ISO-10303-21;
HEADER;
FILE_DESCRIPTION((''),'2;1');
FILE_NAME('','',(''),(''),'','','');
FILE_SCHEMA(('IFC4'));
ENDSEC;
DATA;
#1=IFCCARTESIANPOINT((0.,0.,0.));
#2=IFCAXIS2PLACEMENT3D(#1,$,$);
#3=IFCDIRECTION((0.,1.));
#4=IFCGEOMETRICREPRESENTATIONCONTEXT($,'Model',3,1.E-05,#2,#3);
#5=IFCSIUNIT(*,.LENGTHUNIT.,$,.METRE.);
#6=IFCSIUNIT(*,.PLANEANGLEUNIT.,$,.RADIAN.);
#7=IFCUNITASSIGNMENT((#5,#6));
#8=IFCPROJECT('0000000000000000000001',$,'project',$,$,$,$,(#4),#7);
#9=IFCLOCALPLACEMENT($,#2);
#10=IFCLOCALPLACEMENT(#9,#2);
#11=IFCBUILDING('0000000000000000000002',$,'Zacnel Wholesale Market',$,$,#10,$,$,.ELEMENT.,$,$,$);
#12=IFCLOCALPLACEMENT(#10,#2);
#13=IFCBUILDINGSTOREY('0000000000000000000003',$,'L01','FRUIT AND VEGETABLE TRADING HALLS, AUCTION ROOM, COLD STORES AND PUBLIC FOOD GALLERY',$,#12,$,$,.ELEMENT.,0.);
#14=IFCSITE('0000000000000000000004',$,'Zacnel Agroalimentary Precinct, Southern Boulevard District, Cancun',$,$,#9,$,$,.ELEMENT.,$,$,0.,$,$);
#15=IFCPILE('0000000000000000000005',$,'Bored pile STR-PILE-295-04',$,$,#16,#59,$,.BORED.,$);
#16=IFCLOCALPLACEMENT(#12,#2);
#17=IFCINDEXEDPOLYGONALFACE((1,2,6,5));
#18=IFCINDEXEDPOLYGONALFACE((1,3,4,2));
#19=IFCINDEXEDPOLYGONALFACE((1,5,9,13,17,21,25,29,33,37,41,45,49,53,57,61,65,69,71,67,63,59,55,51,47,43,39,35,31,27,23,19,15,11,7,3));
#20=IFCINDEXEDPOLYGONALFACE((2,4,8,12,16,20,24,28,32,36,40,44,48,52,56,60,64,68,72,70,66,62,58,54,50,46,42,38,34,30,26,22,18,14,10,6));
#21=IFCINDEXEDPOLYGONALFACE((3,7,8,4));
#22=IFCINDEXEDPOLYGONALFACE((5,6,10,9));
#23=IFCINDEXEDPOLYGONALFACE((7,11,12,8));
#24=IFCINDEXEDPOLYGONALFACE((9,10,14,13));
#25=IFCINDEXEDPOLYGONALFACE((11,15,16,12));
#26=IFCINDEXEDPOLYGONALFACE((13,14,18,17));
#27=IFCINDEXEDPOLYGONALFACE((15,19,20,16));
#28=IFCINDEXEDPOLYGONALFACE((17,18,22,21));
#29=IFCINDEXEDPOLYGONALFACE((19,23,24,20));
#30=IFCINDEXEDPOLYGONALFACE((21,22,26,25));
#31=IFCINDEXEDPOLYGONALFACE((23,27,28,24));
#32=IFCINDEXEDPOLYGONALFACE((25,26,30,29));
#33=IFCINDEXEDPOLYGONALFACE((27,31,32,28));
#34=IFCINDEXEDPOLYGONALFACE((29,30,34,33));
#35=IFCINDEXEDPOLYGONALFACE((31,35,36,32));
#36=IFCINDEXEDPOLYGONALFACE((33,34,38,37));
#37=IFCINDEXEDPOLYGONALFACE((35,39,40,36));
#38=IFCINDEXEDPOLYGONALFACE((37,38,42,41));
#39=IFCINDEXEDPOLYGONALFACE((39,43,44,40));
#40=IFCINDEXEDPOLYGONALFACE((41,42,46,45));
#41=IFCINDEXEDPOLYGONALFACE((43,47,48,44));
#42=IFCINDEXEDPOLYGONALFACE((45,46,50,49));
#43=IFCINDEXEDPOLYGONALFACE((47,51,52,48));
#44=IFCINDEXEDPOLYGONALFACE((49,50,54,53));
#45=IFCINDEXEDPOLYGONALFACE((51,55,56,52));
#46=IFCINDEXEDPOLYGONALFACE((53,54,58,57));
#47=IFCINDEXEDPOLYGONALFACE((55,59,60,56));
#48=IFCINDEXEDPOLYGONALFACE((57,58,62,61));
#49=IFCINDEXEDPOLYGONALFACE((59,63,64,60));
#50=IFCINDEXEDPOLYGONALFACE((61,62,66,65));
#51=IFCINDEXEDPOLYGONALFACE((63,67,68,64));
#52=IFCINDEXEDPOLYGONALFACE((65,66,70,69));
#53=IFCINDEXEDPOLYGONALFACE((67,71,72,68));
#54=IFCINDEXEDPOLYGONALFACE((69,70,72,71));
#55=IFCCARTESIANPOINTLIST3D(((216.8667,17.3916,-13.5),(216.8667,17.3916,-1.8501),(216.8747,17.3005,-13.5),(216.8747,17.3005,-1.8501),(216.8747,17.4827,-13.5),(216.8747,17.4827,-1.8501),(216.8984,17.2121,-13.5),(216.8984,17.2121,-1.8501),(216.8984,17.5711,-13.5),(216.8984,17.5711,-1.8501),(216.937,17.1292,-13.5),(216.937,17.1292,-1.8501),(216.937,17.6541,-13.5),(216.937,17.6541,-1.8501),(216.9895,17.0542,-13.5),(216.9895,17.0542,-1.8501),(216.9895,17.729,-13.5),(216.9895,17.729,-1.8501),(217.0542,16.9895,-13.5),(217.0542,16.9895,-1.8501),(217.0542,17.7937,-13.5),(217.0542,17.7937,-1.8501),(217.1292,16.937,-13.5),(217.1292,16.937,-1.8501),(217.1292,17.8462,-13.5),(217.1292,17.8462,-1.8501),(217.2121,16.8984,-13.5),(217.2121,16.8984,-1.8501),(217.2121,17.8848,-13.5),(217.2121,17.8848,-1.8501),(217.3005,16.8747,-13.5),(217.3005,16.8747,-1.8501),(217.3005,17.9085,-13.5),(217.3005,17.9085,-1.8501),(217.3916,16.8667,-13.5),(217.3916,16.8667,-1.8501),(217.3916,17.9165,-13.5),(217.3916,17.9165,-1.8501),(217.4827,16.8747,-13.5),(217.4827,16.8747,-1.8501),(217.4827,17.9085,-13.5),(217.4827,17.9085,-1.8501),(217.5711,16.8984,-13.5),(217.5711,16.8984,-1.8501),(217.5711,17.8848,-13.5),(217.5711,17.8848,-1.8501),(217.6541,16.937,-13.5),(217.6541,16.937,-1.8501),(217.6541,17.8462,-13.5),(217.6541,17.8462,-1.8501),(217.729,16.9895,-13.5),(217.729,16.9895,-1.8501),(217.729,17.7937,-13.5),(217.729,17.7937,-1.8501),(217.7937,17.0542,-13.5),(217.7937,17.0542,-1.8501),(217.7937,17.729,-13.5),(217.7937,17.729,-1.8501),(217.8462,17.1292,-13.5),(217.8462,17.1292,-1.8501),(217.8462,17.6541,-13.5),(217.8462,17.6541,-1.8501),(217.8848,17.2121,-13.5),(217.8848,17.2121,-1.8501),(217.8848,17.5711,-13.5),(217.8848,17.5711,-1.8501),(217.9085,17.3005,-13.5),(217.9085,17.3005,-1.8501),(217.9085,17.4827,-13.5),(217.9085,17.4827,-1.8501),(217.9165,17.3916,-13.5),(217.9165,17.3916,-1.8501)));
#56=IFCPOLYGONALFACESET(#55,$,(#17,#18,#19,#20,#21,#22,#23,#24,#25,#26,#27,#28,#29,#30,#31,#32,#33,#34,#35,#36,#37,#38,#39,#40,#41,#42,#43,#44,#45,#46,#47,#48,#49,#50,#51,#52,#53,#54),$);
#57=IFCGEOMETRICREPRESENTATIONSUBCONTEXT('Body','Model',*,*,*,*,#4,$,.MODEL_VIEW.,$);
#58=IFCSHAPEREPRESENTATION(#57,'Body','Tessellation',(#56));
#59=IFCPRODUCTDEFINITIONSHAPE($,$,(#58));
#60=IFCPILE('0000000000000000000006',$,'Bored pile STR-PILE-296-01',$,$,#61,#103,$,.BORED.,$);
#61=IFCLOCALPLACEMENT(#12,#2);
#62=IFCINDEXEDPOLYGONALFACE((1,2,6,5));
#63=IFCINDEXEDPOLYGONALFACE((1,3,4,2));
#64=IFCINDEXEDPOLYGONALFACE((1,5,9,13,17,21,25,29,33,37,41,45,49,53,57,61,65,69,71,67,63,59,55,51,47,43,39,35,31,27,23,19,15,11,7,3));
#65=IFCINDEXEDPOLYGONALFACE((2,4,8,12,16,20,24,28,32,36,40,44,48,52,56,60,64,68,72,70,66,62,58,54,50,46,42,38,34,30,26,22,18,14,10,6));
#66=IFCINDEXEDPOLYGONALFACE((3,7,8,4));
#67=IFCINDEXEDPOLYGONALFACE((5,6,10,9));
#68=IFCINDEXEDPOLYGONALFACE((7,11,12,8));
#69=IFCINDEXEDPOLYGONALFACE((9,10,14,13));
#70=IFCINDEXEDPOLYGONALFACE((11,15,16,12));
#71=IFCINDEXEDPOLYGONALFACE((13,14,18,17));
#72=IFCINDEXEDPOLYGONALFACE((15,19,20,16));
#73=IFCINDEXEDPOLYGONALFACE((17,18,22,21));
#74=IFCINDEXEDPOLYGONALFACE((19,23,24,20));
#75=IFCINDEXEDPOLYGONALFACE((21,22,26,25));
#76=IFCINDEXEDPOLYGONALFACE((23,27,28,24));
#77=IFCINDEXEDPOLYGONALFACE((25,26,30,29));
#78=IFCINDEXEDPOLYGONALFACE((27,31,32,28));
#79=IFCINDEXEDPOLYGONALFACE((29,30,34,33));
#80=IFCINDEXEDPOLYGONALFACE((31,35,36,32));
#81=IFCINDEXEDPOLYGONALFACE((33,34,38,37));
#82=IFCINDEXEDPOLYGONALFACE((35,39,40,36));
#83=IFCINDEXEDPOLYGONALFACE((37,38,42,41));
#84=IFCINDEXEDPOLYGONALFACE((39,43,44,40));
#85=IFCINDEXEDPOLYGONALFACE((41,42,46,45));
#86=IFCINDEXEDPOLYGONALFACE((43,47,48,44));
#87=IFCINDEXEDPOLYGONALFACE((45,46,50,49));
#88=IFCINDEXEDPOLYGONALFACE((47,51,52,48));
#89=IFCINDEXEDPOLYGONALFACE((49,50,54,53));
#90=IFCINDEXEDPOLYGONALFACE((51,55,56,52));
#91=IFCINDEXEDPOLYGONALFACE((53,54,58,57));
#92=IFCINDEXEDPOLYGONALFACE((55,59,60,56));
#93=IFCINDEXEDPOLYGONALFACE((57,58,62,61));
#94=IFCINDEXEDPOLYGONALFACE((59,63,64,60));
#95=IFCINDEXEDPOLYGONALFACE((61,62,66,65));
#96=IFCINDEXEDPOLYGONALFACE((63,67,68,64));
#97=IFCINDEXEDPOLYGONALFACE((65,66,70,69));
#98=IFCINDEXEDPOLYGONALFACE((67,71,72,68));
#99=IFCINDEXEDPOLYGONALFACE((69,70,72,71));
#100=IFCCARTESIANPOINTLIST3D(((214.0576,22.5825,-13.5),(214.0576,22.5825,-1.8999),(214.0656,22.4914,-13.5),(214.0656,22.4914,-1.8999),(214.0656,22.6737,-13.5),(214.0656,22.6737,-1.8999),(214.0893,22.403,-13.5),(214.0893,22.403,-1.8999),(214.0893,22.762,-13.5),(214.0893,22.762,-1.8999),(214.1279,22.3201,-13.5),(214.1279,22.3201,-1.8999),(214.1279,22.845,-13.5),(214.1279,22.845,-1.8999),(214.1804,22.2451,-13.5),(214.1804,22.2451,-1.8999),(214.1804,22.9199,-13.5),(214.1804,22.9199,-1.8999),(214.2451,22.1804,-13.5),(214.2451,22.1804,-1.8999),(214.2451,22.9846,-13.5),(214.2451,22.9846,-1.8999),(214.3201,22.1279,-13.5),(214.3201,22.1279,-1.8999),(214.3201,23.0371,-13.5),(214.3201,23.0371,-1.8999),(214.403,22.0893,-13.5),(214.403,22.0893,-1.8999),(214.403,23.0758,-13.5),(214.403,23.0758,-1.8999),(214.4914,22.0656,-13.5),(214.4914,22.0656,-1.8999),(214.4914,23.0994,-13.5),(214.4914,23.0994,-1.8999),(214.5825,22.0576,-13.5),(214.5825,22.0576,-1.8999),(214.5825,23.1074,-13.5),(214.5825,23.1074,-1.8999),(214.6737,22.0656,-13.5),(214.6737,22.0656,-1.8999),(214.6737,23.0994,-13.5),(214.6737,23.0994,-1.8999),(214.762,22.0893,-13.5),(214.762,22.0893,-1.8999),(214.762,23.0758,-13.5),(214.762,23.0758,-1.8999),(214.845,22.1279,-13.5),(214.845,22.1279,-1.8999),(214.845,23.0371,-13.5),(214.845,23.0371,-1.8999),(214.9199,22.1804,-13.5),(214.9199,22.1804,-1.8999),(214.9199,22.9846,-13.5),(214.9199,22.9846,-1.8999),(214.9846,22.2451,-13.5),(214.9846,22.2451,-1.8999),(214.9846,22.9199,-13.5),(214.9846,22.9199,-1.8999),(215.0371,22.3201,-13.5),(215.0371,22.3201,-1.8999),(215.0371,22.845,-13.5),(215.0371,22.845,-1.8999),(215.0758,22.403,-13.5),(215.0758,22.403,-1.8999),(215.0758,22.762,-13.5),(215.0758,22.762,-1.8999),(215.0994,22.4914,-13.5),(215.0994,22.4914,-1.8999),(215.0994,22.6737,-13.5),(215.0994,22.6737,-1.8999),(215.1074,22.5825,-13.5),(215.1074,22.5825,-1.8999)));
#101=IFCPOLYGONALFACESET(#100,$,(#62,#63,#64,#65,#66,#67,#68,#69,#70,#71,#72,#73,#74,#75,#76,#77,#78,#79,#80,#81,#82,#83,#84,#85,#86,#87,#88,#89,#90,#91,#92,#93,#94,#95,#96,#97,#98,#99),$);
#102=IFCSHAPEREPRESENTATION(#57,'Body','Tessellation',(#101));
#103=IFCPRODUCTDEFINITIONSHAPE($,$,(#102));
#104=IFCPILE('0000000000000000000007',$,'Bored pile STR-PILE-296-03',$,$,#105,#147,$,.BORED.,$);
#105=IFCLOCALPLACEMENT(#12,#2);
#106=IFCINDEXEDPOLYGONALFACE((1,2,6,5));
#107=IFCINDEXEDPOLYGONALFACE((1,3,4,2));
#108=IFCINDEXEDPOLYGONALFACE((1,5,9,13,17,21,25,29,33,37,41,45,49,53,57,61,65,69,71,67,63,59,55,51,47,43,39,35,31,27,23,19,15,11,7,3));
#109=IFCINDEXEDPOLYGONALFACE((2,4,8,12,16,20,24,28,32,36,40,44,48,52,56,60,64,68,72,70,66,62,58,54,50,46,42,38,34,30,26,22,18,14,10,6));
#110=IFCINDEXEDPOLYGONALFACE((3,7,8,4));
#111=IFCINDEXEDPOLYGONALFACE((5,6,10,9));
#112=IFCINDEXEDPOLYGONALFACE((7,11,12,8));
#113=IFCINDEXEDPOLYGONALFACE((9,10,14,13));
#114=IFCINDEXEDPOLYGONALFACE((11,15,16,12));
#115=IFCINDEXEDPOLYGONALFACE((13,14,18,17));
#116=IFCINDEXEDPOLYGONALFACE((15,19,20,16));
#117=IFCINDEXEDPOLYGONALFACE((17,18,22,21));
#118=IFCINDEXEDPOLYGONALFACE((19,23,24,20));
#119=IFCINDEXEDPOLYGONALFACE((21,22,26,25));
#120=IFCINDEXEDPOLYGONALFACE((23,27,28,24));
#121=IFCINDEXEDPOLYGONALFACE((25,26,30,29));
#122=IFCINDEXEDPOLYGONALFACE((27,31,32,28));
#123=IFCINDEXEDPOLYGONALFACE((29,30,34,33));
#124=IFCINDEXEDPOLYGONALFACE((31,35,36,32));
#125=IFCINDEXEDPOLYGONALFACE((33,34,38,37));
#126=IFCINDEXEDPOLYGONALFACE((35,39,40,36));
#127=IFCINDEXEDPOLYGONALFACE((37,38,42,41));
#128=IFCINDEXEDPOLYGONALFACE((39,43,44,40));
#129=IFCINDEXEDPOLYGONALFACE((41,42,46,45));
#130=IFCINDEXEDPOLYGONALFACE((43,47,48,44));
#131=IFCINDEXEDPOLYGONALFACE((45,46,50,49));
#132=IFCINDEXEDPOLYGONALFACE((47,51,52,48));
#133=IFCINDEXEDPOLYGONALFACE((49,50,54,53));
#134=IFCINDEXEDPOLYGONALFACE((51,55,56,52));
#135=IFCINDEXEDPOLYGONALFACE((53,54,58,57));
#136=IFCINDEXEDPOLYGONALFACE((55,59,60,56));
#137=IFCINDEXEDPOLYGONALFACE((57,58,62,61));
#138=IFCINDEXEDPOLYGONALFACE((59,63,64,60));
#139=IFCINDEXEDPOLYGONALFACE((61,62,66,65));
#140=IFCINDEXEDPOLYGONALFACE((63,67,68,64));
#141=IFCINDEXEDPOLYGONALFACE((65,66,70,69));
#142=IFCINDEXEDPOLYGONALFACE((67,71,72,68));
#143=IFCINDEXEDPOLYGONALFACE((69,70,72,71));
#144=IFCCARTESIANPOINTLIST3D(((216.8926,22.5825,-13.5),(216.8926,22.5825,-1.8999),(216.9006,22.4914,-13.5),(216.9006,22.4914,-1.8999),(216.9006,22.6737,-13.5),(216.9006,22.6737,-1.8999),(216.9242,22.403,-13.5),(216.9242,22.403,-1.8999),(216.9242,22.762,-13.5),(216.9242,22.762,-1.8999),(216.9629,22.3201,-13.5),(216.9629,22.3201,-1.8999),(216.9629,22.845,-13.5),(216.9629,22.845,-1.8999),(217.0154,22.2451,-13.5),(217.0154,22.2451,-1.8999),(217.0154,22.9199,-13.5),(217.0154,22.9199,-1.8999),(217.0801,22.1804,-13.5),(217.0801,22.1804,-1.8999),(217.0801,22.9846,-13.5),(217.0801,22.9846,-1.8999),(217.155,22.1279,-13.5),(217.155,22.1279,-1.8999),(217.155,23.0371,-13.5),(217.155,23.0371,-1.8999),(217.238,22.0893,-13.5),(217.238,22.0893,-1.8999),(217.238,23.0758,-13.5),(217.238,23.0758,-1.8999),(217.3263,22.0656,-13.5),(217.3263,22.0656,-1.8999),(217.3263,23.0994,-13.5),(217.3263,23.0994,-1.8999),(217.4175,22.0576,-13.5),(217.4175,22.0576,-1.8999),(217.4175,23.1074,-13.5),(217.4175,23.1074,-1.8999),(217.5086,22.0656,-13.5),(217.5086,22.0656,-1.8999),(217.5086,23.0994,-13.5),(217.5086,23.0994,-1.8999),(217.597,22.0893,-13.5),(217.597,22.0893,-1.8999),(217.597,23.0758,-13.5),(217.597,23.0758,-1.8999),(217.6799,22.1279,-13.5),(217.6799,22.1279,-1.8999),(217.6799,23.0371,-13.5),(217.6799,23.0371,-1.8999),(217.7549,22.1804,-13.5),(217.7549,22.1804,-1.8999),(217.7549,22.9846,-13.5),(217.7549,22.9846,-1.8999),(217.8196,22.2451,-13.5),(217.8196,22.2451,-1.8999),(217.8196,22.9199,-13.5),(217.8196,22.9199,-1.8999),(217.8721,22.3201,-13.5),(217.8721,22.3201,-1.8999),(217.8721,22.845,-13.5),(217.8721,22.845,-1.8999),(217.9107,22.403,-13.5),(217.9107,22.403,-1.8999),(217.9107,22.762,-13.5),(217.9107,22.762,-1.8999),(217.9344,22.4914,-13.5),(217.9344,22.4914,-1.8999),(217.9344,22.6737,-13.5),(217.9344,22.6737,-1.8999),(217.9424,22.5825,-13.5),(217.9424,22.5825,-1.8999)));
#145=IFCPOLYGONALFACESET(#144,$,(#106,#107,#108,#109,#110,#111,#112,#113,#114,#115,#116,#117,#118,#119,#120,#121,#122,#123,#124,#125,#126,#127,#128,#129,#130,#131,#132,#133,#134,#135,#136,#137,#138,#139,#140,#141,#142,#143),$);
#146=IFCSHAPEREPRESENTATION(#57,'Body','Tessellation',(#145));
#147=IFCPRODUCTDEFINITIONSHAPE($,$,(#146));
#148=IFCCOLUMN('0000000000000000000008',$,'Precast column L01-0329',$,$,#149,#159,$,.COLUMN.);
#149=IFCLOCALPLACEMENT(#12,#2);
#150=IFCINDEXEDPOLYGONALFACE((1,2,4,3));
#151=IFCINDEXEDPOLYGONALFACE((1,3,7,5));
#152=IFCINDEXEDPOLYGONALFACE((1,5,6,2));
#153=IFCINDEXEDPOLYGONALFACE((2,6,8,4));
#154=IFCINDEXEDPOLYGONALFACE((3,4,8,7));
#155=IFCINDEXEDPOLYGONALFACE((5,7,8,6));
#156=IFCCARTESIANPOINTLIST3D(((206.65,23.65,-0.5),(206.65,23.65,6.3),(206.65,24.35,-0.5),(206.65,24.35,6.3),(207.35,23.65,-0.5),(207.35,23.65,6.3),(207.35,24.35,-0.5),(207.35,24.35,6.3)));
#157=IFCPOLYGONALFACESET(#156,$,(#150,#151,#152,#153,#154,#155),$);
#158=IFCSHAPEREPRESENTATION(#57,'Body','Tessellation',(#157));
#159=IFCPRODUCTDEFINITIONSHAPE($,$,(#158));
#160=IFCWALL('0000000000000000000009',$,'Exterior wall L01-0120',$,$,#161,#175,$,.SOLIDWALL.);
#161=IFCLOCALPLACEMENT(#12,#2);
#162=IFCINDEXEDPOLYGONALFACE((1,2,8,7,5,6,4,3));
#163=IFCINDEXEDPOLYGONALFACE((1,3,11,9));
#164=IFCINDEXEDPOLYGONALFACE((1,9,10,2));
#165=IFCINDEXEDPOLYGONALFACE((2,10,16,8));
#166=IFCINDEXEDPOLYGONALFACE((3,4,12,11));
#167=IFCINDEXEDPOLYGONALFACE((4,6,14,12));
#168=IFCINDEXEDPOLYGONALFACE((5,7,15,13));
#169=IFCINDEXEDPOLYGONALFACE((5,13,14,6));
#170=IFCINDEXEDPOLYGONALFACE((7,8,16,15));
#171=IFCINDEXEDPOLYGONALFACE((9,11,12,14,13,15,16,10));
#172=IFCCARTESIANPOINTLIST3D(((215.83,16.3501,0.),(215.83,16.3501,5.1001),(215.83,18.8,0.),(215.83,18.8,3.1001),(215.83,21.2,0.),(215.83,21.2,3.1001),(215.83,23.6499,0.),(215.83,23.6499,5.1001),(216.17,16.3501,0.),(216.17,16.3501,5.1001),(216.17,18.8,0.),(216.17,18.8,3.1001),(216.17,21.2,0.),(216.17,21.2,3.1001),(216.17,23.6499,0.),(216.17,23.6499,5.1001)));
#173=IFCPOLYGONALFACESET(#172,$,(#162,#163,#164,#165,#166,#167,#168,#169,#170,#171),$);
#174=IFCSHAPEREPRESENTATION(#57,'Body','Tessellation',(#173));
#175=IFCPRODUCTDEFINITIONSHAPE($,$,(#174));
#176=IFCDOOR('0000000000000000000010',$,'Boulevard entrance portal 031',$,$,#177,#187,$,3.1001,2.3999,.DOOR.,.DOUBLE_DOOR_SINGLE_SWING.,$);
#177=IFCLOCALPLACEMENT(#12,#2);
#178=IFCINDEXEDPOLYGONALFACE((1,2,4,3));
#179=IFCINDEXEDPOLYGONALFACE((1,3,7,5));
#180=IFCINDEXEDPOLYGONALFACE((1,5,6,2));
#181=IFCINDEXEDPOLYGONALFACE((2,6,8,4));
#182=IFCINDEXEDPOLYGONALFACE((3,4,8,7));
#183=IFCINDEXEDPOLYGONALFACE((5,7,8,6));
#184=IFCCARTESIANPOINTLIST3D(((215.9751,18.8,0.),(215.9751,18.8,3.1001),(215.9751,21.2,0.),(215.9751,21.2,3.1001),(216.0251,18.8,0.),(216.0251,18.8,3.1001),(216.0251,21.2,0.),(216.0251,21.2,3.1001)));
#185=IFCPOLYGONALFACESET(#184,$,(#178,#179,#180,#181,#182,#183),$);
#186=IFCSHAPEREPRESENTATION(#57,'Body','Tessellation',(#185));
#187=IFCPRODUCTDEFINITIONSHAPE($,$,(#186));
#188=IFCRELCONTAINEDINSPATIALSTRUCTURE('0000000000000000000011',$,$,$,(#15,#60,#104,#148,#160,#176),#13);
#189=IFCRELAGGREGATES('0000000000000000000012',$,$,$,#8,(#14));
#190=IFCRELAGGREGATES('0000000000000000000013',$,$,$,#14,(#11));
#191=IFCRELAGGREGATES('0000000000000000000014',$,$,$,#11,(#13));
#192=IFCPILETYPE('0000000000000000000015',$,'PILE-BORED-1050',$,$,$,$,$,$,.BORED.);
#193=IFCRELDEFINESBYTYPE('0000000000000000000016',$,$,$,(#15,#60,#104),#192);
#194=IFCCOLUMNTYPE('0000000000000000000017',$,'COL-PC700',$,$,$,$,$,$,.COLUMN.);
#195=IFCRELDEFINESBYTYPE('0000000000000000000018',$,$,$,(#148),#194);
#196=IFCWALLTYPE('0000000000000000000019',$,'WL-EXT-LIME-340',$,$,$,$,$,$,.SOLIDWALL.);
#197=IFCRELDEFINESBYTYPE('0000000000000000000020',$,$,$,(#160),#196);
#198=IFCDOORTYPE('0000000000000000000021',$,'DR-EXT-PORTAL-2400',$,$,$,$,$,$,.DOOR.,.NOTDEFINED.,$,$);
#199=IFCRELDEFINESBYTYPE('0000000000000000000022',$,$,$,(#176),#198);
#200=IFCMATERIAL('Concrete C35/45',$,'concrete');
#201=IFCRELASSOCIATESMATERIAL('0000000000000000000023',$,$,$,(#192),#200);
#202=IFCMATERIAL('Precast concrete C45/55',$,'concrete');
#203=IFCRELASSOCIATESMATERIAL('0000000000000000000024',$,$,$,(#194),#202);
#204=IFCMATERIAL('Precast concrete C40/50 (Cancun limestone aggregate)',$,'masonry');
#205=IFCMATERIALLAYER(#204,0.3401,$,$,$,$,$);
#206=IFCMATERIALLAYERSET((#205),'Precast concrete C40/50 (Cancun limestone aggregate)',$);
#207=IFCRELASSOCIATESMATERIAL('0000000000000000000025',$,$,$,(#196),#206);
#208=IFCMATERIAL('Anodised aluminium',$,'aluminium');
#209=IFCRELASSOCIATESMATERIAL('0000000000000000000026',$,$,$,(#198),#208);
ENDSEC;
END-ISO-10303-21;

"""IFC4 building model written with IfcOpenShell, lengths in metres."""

from ifc_helpers import new_model, si_unit, direction, frame, frame_2d, origin, origin_2d, place, context, subcontext, project, spatial, rectangle, circle, extrude, material, layer, layer_set, material_profile, profile_set, type_object, element, fill, save


model = new_model("IFC4")

# Units and contexts
model_context = context("Model", 3, precision=1e-05, world=origin(), true_north=direction((0.0, 1.0)))
body_context = subcontext(model_context, "Body", "Model", "MODEL_VIEW")
ifc_project = project(units=[si_unit("LENGTHUNIT", "METRE"), si_unit("PLANEANGLEUNIT", "RADIAN")], contexts=[model_context])

# Site, building, storey
site_placement = place(None, origin())
site = spatial("IfcSite", under=ifc_project, at=site_placement, Name="Zacnel Agroalimentary Precinct, Southern Boulevard District, Cancun", CompositionType="ELEMENT", RefElevation=0.0)
building_placement = place(site_placement, origin())
building = spatial("IfcBuilding", under=site, at=building_placement, Name="Zacnel Wholesale Market", CompositionType="ELEMENT")
storey_placement = place(building_placement, origin())
storey = spatial("IfcBuildingStorey", under=building, at=storey_placement, Name="L01", Description="FRUIT AND VEGETABLE TRADING HALLS, AUCTION ROOM, COLD STORES AND PUBLIC FOOD GALLERY", CompositionType="ELEMENT", Elevation=0.0)

# Piles
ifc_material_1 = material(Name="Concrete C35/45", Category="concrete")
ifc_material_profile_1 = material_profile(ifc_material_1, circle(Radius=0.5249, at=origin_2d()), Name="BORED PILE D1050")
ifc_profile_set_1 = profile_set([ifc_material_profile_1], Name="Concrete C35/45")
pile_type = type_object("IfcPileType", Name="PILE-BORED-1050", PredefinedType="BORED", material=ifc_profile_set_1)
for number, where, z_axis, x_axis, name in (
    (1, (217.3916, 17.3916, -1.8501), (0.0, 0.0, -1.0), (1.0, 0.0, 0.0), "Bored pile STR-PILE-295-04"),
):
    element("IfcPile", number, at=place(storey_placement, frame(where, z_axis=z_axis, x_axis=x_axis)), inside=storey, type_object=pile_type, Name=name, PredefinedType="BORED", context=body_context, shape_type="SweptSolid", body=[
        extrude(circle(Radius=0.5249, at=origin_2d()), origin(), (0.0, 0.0, 1.0), 11.6499),
    ])
for number, where, z_axis, x_axis, name in (
    (2, (214.5825, 22.5825, -1.8999), (0.0, 0.0, -1.0), (1.0, 0.0, 0.0), "Bored pile STR-PILE-296-01"),
    (3, (217.4175, 22.5825, -1.8999), (0.0, 0.0, -1.0), (1.0, 0.0, 0.0), "Bored pile STR-PILE-296-03"),
):
    element("IfcPile", number, at=place(storey_placement, frame(where, z_axis=z_axis, x_axis=x_axis)), inside=storey, type_object=pile_type, Name=name, PredefinedType="BORED", context=body_context, shape_type="SweptSolid", body=[
        extrude(circle(Radius=0.5249, at=origin_2d()), origin(), (0.0, 0.0, 1.0), 11.6001),
    ])

# Column
ifc_material_2 = material(Name="Precast concrete C45/55", Category="concrete")
ifc_material_profile_2 = material_profile(ifc_material_2, rectangle(XDim=0.7, YDim=0.7, at=origin_2d()), Name="PC 700x700")
ifc_profile_set_2 = profile_set([ifc_material_profile_2], Name="Precast concrete C45/55")
column_type = type_object("IfcColumnType", Name="COL-PC700", PredefinedType="COLUMN", material=ifc_profile_set_2)
column_placement = place(storey_placement, frame((207.0, 24.0, -0.5), z_axis=(0.0, 0.0, 1.0), x_axis=(1.0, 0.0, 0.0)))
element("IfcColumn", 4, at=column_placement, inside=storey, type_object=column_type, Name="Precast column L01-0329", PredefinedType="COLUMN", context=body_context, shape_type="SweptSolid", body=[
    extrude(rectangle(XDim=0.7, YDim=0.7, at=origin_2d()), origin(), (0.0, 0.0, 1.0), 6.8),
])

# Wall, opening, door
ifc_material_3 = material(Name="Precast concrete C40/50 (Cancun limestone aggregate)", Category="masonry")
ifc_layer_1 = layer(ifc_material_3, 0.3401)
ifc_layer_set_1 = layer_set([ifc_layer_1], Name="Precast concrete C40/50 (Cancun limestone aggregate)")
wall_type_1 = type_object("IfcWallType", Name="WL-EXT-LIME-340", PredefinedType="SOLIDWALL", material=ifc_layer_set_1)
wall_1_placement = place(storey_placement, frame((216.0, 16.3501, 0.0), z_axis=(0.0, 0.0, 1.0), x_axis=(0.0, 1.0, 0.0)))
wall_1 = element("IfcWall", 5, at=wall_1_placement, inside=storey, type_object=wall_type_1, Name="Exterior wall L01-0120", PredefinedType="SOLIDWALL", context=body_context, shape_type="SweptSolid", body=[
    extrude(rectangle(XDim=7.2998, YDim=0.3401, at=frame_2d((3.6499, 0.0))), origin(), (0.0, 0.0, 1.0), 5.1001),
])
opening_1_placement = place(wall_1_placement, frame((2.45, 0.0, 0.0)))
opening_1 = element("IfcOpeningElement", 6, at=opening_1_placement, cuts=wall_1, PredefinedType="OPENING", context=body_context, shape_type="SweptSolid", body=[
    extrude(rectangle(XDim=2.3999, YDim=3.1001, at=frame_2d((1.2, 1.55))), frame((0.0, 0.1799, 0.0), z_axis=(0.0, -1.0, 0.0), x_axis=(1.0, 0.0, 0.0)), (0.0, 0.0, 1.0), 0.3601),
])
ifc_material_4 = material(Name="Anodised aluminium", Category="aluminium")
door_type_1 = type_object("IfcDoorType", Name="DR-EXT-PORTAL-2400", OperationType="NOTDEFINED", PredefinedType="DOOR", material=ifc_material_4)
door_1_placement = place(opening_1_placement, origin())
door_1 = element("IfcDoor", 7, at=door_1_placement, inside=storey, type_object=door_type_1, Name="Boulevard entrance portal 031", OperationType="DOUBLE_DOOR_SINGLE_SWING", OverallHeight=3.1001, OverallWidth=2.3999, PredefinedType="DOOR", context=body_context, shape_type="SweptSolid", body=[
    extrude(rectangle(XDim=2.3999, YDim=3.1001, at=frame_2d((1.2, 1.55))), frame((0.0, 0.0249, 0.0), z_axis=(0.0, -1.0, 0.0), x_axis=(1.0, 0.0, 0.0)), (0.0, 0.0, 1.0), 0.05),
])
fill(opening_1, door_1)

save(model, "model.ifc")
